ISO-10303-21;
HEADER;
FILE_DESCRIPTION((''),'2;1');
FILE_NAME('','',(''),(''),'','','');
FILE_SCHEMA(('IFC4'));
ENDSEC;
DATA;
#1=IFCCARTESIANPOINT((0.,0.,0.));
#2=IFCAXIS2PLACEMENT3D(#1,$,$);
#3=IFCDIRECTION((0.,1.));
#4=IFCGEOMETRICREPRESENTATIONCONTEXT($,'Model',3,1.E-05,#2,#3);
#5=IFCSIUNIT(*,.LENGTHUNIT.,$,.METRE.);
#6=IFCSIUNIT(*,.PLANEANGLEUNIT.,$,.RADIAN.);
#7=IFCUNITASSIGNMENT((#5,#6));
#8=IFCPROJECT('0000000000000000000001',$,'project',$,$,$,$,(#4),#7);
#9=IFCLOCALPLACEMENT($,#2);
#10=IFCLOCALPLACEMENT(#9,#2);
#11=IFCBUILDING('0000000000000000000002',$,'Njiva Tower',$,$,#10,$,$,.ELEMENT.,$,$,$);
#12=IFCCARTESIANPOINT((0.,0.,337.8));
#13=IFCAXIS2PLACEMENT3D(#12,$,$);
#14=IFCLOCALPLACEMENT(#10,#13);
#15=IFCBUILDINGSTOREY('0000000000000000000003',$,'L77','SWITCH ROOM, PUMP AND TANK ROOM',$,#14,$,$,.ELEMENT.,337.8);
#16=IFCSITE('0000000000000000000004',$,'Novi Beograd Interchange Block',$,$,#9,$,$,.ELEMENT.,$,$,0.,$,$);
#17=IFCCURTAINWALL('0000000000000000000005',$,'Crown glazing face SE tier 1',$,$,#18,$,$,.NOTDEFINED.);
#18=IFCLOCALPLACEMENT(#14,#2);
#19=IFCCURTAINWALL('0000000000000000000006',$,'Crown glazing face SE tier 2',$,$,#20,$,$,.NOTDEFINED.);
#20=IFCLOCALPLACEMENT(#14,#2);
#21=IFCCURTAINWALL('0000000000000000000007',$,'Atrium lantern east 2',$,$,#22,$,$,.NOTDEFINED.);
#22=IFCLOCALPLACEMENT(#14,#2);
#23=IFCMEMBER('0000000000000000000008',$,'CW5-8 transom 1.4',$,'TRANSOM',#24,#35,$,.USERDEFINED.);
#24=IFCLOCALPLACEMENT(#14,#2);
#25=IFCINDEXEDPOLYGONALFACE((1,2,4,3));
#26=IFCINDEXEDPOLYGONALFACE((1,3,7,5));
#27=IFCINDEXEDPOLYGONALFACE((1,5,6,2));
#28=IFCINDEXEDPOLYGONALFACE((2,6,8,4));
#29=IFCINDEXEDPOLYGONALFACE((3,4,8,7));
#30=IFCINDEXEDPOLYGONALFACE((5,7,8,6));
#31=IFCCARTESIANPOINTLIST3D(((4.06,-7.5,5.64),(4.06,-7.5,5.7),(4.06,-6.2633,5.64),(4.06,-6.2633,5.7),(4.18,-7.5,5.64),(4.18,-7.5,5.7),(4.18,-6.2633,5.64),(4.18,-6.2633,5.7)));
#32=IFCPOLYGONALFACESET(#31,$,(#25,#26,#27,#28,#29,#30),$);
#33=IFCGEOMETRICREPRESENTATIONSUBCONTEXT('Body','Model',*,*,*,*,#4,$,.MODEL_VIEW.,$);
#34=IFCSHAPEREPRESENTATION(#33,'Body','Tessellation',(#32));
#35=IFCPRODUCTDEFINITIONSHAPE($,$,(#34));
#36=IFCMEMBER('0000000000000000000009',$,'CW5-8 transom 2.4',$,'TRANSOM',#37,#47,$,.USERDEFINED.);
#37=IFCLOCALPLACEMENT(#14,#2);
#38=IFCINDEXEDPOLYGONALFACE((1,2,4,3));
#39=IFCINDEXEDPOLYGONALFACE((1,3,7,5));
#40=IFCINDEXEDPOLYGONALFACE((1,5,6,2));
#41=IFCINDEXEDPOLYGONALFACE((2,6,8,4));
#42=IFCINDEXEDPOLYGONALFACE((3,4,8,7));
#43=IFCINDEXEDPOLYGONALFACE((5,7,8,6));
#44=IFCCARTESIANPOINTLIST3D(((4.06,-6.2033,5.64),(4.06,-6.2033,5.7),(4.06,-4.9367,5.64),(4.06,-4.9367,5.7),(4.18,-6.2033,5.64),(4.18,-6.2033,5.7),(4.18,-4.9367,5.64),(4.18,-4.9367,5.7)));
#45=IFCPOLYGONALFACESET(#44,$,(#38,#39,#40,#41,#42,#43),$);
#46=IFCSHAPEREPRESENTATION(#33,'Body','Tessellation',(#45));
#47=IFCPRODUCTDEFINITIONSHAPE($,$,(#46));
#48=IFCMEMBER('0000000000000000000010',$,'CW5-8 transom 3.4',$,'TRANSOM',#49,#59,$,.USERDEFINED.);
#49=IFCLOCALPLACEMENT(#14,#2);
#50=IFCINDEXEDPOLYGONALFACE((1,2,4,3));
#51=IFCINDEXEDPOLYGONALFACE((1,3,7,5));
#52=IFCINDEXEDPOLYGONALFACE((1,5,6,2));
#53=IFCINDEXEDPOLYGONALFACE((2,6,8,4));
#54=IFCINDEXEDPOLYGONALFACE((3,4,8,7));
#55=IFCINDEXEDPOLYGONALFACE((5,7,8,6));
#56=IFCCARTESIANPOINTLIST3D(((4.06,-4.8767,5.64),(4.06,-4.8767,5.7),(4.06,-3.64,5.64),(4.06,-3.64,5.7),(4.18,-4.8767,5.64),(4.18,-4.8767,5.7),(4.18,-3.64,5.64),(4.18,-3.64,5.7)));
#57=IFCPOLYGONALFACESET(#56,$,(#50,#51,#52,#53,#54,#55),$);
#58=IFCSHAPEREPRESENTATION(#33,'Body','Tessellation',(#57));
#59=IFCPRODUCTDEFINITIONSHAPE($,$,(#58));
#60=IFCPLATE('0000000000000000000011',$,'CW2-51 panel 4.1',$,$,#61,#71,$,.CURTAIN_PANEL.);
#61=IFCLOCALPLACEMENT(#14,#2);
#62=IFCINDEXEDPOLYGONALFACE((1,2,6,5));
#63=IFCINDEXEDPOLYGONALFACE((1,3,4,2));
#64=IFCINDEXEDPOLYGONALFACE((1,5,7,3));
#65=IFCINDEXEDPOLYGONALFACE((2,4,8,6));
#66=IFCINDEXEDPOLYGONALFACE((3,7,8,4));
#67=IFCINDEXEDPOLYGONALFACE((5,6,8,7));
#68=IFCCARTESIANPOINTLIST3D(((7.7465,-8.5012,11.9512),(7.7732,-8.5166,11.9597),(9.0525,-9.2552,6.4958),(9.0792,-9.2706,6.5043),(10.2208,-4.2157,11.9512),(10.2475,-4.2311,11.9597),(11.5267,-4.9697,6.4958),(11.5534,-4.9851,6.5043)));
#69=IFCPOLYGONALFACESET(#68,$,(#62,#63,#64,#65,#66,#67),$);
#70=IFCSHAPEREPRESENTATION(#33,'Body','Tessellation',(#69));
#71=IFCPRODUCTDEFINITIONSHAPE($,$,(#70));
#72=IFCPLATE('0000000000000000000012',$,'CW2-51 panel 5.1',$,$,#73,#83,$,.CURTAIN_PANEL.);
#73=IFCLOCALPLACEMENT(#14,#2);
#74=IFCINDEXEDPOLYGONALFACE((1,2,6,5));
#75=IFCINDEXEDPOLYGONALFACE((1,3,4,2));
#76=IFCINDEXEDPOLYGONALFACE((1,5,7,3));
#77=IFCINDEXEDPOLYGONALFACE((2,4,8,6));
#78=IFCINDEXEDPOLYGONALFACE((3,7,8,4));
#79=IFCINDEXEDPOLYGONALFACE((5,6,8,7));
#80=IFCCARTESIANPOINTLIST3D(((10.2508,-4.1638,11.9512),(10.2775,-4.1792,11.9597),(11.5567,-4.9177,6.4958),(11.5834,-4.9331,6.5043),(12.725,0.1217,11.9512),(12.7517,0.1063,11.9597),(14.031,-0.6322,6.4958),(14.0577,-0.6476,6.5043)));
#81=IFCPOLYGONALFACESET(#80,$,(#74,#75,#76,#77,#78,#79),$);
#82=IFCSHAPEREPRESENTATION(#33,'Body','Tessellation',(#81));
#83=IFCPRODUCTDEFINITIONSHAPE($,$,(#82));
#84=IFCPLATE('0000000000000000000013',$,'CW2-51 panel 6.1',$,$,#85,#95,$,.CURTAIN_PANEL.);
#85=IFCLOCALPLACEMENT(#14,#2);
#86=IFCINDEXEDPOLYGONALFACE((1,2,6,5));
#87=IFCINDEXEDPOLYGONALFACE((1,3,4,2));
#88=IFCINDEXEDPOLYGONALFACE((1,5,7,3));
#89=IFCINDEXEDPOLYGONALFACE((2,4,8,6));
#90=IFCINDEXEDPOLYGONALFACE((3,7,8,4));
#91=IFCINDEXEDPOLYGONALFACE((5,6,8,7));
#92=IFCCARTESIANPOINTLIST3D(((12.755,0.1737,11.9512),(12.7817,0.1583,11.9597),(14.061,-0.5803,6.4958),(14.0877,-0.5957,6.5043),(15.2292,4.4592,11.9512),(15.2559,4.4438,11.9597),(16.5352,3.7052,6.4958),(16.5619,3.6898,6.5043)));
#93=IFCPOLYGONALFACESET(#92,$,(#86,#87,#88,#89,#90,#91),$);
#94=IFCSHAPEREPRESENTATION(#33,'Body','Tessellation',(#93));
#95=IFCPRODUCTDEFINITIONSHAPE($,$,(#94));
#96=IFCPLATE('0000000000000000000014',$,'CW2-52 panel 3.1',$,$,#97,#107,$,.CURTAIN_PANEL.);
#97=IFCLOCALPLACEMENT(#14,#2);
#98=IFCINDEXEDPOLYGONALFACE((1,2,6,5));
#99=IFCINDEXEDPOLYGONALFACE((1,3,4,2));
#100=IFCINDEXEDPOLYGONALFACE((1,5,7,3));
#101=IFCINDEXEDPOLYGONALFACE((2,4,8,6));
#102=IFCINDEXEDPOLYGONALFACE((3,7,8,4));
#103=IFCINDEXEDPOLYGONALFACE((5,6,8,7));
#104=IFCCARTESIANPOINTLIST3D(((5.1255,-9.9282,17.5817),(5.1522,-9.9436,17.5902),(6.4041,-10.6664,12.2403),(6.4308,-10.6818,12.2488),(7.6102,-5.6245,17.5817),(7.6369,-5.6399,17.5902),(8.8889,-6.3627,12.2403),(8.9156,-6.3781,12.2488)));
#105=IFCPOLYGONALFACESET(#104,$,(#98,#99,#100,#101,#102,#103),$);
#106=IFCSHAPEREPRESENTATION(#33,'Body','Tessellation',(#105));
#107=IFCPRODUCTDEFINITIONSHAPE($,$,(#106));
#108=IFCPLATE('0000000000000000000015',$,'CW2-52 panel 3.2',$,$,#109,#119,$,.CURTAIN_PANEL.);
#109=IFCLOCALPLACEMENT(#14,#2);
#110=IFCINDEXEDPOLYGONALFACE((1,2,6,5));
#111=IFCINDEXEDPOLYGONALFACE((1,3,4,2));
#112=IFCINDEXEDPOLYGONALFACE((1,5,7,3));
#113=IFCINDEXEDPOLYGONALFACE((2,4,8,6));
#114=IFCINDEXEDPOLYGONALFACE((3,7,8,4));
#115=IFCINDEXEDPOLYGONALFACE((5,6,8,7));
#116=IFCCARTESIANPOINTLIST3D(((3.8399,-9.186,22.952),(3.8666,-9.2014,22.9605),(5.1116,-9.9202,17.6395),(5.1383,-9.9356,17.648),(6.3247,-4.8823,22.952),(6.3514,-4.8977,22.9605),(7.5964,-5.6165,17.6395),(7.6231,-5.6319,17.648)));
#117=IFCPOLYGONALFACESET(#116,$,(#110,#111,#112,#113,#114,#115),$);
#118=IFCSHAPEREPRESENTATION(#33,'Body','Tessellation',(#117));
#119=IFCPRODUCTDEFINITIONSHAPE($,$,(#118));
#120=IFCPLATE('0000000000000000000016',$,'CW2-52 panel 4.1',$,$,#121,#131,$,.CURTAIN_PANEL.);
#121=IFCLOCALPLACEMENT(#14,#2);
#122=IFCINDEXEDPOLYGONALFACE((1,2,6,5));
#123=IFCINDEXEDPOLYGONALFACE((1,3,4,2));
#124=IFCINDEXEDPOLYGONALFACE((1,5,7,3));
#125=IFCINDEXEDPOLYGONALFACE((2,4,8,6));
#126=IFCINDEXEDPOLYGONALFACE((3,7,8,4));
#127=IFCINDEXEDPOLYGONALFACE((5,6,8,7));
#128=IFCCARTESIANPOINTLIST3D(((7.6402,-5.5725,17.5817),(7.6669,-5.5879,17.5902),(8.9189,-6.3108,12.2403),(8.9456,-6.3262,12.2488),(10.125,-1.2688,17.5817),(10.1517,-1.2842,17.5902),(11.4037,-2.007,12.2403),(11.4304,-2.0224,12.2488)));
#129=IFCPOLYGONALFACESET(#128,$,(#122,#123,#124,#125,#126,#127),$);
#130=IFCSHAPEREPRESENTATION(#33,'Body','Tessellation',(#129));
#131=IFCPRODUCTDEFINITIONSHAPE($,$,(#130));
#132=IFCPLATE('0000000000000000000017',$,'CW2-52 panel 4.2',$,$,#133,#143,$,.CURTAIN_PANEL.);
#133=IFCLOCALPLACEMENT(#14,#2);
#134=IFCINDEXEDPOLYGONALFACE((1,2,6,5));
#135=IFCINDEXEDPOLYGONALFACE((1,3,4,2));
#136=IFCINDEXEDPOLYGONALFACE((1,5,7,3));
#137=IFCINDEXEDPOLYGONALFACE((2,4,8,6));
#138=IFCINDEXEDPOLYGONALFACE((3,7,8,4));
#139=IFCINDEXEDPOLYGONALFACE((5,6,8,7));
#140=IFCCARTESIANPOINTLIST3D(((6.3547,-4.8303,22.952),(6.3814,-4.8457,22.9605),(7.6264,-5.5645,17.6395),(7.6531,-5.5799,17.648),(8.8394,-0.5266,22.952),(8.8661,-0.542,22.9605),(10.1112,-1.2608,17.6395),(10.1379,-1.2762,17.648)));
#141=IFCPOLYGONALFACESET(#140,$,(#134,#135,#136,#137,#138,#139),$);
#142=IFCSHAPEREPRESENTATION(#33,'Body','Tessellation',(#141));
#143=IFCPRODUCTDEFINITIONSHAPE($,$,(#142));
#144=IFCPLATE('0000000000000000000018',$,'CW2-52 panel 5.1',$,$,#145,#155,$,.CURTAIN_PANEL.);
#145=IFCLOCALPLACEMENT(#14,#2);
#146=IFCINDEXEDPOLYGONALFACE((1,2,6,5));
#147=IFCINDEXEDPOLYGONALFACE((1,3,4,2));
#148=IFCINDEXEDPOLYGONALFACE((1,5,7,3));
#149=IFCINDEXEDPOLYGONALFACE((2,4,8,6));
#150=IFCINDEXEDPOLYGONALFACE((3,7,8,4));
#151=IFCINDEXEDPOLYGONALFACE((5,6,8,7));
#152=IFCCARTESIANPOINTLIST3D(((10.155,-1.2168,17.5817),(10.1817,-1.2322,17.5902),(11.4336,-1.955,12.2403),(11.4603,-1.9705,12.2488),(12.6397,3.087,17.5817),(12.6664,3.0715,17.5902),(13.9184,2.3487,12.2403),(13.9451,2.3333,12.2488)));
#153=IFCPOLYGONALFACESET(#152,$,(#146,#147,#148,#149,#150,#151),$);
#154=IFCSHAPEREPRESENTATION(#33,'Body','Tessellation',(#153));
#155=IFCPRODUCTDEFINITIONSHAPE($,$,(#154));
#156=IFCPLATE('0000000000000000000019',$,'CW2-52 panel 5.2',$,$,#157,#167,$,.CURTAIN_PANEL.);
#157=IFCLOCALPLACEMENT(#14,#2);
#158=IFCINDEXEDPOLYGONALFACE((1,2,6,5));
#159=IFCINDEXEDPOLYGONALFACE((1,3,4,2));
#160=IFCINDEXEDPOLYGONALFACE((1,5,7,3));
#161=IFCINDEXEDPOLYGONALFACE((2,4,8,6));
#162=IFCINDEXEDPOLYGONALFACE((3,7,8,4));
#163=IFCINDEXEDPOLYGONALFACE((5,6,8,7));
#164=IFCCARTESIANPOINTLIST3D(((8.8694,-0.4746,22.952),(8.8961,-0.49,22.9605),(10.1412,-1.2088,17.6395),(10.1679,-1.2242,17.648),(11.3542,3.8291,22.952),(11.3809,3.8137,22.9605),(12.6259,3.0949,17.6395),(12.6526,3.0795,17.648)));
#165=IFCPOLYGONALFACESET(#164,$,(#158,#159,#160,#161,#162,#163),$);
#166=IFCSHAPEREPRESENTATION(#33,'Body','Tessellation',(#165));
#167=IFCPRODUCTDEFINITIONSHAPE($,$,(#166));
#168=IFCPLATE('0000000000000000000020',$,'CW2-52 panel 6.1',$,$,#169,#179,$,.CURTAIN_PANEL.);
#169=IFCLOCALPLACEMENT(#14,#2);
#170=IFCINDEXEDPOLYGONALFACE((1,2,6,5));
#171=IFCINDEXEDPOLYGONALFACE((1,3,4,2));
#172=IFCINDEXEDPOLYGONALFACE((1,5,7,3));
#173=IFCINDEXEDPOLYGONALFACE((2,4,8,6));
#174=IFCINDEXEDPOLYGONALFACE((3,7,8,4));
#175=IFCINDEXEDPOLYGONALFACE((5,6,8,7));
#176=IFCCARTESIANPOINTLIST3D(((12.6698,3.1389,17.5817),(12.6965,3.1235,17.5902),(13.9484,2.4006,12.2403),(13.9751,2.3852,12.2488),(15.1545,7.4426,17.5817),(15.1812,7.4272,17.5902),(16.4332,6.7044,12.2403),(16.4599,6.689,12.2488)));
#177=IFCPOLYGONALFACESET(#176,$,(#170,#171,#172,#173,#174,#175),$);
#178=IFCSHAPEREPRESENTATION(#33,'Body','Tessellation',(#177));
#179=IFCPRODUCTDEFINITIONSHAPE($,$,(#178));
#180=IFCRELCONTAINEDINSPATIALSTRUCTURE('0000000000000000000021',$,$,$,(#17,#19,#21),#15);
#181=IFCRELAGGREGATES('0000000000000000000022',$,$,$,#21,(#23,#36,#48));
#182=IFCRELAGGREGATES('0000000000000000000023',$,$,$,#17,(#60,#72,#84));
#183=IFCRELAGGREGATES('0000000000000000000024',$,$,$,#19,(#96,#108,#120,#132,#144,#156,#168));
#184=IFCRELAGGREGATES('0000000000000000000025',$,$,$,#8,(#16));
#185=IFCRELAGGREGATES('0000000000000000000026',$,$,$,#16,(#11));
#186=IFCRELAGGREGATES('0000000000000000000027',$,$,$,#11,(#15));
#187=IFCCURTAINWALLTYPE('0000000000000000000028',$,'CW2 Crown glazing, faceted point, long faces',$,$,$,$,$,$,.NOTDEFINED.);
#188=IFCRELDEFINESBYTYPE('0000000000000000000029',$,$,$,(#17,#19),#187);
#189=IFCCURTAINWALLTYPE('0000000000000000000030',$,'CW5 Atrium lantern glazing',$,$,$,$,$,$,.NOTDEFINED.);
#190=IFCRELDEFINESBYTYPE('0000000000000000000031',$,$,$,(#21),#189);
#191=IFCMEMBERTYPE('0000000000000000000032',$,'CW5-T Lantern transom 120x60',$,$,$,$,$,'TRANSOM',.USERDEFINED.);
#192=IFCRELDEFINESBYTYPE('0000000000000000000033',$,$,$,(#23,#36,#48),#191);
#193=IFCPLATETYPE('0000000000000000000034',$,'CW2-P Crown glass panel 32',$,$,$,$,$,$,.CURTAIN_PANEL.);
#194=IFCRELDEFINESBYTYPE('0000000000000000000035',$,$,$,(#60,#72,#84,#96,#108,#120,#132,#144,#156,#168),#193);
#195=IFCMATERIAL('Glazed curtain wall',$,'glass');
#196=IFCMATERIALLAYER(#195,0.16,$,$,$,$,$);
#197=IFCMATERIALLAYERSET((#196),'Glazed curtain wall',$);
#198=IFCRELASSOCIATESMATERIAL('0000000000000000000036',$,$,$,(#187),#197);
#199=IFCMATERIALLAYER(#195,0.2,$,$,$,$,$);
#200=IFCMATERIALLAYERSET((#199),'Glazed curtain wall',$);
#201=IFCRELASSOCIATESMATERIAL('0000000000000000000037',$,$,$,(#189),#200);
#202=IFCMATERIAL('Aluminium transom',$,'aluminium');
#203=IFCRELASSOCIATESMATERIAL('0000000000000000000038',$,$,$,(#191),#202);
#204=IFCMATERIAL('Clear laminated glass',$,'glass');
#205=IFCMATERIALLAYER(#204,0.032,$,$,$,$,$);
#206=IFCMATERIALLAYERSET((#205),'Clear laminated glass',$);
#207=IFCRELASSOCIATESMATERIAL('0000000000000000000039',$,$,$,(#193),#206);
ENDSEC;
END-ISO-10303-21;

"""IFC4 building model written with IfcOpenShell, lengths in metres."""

from ifc_helpers import new_model, si_unit, direction, frame, origin, origin_2d, place, context, subcontext, project, spatial, polyline, rectangle, outline, extrude, material, layer, layer_set, material_profile, profile_set, type_object, element, aggregate, save


model = new_model("IFC4")

# Units and contexts
model_context = context("Model", 3, precision=1e-05, world=origin(), true_north=direction((0.0, 1.0)))
body_context = subcontext(model_context, "Body", "Model", "MODEL_VIEW")
ifc_project = project(units=[si_unit("LENGTHUNIT", "METRE"), si_unit("PLANEANGLEUNIT", "RADIAN")], contexts=[model_context])

# Site, building, storey
site_placement = place(None, origin())
site = spatial("IfcSite", under=ifc_project, at=site_placement, Name="Novi Beograd Interchange Block", CompositionType="ELEMENT", RefElevation=0.0)
building_placement = place(site_placement, origin())
building = spatial("IfcBuilding", under=site, at=building_placement, Name="Njiva Tower", CompositionType="ELEMENT")
storey_placement = place(building_placement, frame((0.0, 0.0, 337.8)))
storey = spatial("IfcBuildingStorey", under=building, at=storey_placement, Name="L77", Description="SWITCH ROOM, PUMP AND TANK ROOM", CompositionType="ELEMENT", Elevation=337.8)

# Curtain walls
ifc_material_1 = material(Name="Glazed curtain wall", Category="glass")
ifc_layer_1 = layer(ifc_material_1, 0.16)
ifc_layer_set_1 = layer_set([ifc_layer_1], Name="Glazed curtain wall")
curtain_wall_type_1 = type_object("IfcCurtainWallType", Name="CW2 Crown glazing, faceted point, long faces", PredefinedType="NOTDEFINED", material=ifc_layer_set_1)
curtain_wall_1_placement = place(storey_placement, origin())
curtain_wall_1 = element("IfcCurtainWall", 1, at=curtain_wall_1_placement, inside=storey, type_object=curtain_wall_type_1, Name="Crown glazing face SE tier 1", PredefinedType="NOTDEFINED")
curtain_wall_2_placement = place(storey_placement, origin())
curtain_wall_2 = element("IfcCurtainWall", 2, at=curtain_wall_2_placement, inside=storey, type_object=curtain_wall_type_1, Name="Crown glazing face SE tier 2", PredefinedType="NOTDEFINED")
ifc_material_2 = material(Name="Aluminium transom", Category="aluminium")
ifc_layer_2 = layer(ifc_material_1, 0.2)
ifc_layer_set_2 = layer_set([ifc_layer_2], Name="Glazed curtain wall")
curtain_wall_type_2 = type_object("IfcCurtainWallType", Name="CW5 Atrium lantern glazing", PredefinedType="NOTDEFINED", material=ifc_layer_set_2)
ifc_material_profile_1 = material_profile(ifc_material_2, rectangle(XDim=0.12, YDim=0.06, at=origin_2d()), Name="RECT 120x60")
ifc_profile_set_1 = profile_set([ifc_material_profile_1], Name="Aluminium transom")
member_type_1 = type_object("IfcMemberType", Name="CW5-T Lantern transom 120x60", ElementType="TRANSOM", PredefinedType="USERDEFINED", material=ifc_profile_set_1)

# Curtain wall, members
curtain_wall_3_placement = place(storey_placement, origin())
curtain_wall_3 = element("IfcCurtainWall", 3, at=curtain_wall_3_placement, inside=storey, type_object=curtain_wall_type_2, Name="Atrium lantern east 2", PredefinedType="NOTDEFINED")
member_1_placement = place(storey_placement, frame((4.12, -7.5, 5.67), z_axis=(0.0, 1.0, 0.0), x_axis=(-1.0, 0.0, 0.0)))
member_1 = element("IfcMember", 4, at=member_1_placement, type_object=member_type_1, Name="CW5-8 transom 1.4", ObjectType="TRANSOM", PredefinedType="USERDEFINED", context=body_context, shape_type="SweptSolid", body=[
    extrude(rectangle(XDim=0.12, YDim=0.06, at=origin_2d()), origin(), (0.0, 0.0, 1.0), 1.2367),
])
member_2_placement = place(storey_placement, frame((4.12, -6.2033, 5.67), z_axis=(0.0, 1.0, 0.0), x_axis=(-1.0, 0.0, 0.0)))
member_2 = element("IfcMember", 5, at=member_2_placement, type_object=member_type_1, Name="CW5-8 transom 2.4", ObjectType="TRANSOM", PredefinedType="USERDEFINED", context=body_context, shape_type="SweptSolid", body=[
    extrude(rectangle(XDim=0.12, YDim=0.06, at=origin_2d()), origin(), (0.0, 0.0, 1.0), 1.2666),
])
member_3_placement = place(storey_placement, frame((4.12, -4.8767, 5.67), z_axis=(0.0, 1.0, 0.0), x_axis=(-1.0, 0.0, 0.0)))
member_3 = element("IfcMember", 6, at=member_3_placement, type_object=member_type_1, Name="CW5-8 transom 3.4", ObjectType="TRANSOM", PredefinedType="USERDEFINED", context=body_context, shape_type="SweptSolid", body=[
    extrude(rectangle(XDim=0.12, YDim=0.06, at=origin_2d()), origin(), (0.0, 0.0, 1.0), 1.2367),
])
aggregate(curtain_wall_3, [member_1, member_2, member_3])

# Plates
ifc_material_3 = material(Name="Clear laminated glass", Category="glass")
ifc_layer_3 = layer(ifc_material_3, 0.032)
ifc_layer_set_3 = layer_set([ifc_layer_3], Name="Clear laminated glass")
plate_type = type_object("IfcPlateType", Name="CW2-P Crown glass panel 32", PredefinedType="CURTAIN_PANEL", material=ifc_layer_set_3)
plate_1_placement = place(storey_placement, frame((11.5534, -4.9851, 6.5043), z_axis=(0.834721, -0.481929, 0.266429), x_axis=(-0.230732, 0.13322, 0.963854)))
plate_1 = element("IfcPlate", 7, at=plate_1_placement, type_object=plate_type, Name="CW2-51 panel 4.1", PredefinedType="CURTAIN_PANEL", context=body_context, shape_type="SweptSolid", body=[
    extrude(outline(polyline([(0.0, 0.0), (5.66, 0.0), (5.66, 4.9485), (0.0, 4.9485), (0.0, 0.0)])), origin(), (0.0, 0.0, -1.0), 0.032),
])
plate_2_placement = place(storey_placement, frame((14.0577, -0.6476, 6.5043), z_axis=(0.834723, -0.481931, 0.266421), x_axis=(-0.230737, 0.133195, 0.963857)))
plate_2 = element("IfcPlate", 8, at=plate_2_placement, type_object=plate_type, Name="CW2-51 panel 5.1", PredefinedType="CURTAIN_PANEL", context=body_context, shape_type="SweptSolid", body=[
    extrude(outline(polyline([(0.0, 0.0), (5.66, 0.0), (5.6601, 4.9485), (0.0001, 4.9485), (0.0, 0.0)])), origin(), (0.0, 0.0, -1.0), 0.032),
])
plate_3_placement = place(storey_placement, frame((16.5619, 3.6898, 6.5043), z_axis=(0.834724, -0.481921, 0.266436), x_axis=(-0.230742, 0.133216, 0.963852)))
plate_3 = element("IfcPlate", 9, at=plate_3_placement, type_object=plate_type, Name="CW2-51 panel 6.1", PredefinedType="CURTAIN_PANEL", context=body_context, shape_type="SweptSolid", body=[
    extrude(outline(polyline([(0.0, 0.0), (5.66, 0.0), (5.66, 4.9485), (0.0, 4.9485), (0.0, 0.0)])), origin(), (0.0, 0.0, -1.0), 0.032),
])
aggregate(curtain_wall_1, [plate_1, plate_2, plate_3])
plate_4_placement = place(storey_placement, frame((8.9156, -6.3781, 12.2488), z_axis=(0.834723, -0.481929, 0.266424), x_axis=(-0.230735, 0.133204, 0.963856)))
plate_4 = element("IfcPlate", 10, at=plate_4_placement, type_object=plate_type, Name="CW2-52 panel 3.1", PredefinedType="CURTAIN_PANEL", context=body_context, shape_type="SweptSolid", body=[
    extrude(outline(polyline([(0.0, 0.0), (5.5417, 0.0), (5.5417, 4.9695), (0.0001, 4.9695), (0.0, 0.0)])), origin(), (0.0, 0.0, -1.0), 0.032),
])
plate_5_placement = place(storey_placement, frame((7.6231, -5.6319, 17.648), z_axis=(0.83472, -0.481937, 0.266419), x_axis=(-0.230727, 0.133207, 0.963857)))
plate_5 = element("IfcPlate", 11, at=plate_5_placement, type_object=plate_type, Name="CW2-52 panel 3.2", PredefinedType="CURTAIN_PANEL", context=body_context, shape_type="SweptSolid", body=[
    extrude(outline(polyline([(0.0, 0.0), (5.5117, 0.0), (5.5117, 4.9695), (0.0, 4.9695), (0.0, 0.0)])), origin(), (0.0, 0.0, -1.0), 0.032),
])
plate_6_placement = place(storey_placement, frame((11.4304, -2.0224, 12.2488), z_axis=(0.834718, -0.481931, 0.266436), x_axis=(-0.230745, 0.13321, 0.963853)))
plate_6 = element("IfcPlate", 12, at=plate_6_placement, type_object=plate_type, Name="CW2-52 panel 4.1", PredefinedType="CURTAIN_PANEL", context=body_context, shape_type="SweptSolid", body=[
    extrude(outline(polyline([(0.0, 0.0), (5.5417, 0.0), (5.5418, 4.9695), (0.0, 4.9696), (0.0, 0.0)])), origin(), (0.0, 0.0, -1.0), 0.032),
])
plate_7_placement = place(storey_placement, frame((10.1379, -1.2762, 17.648), z_axis=(0.834722, -0.481929, 0.266426), x_axis=(-0.230738, 0.133203, 0.963855)))
plate_7 = element("IfcPlate", 13, at=plate_7_placement, type_object=plate_type, Name="CW2-52 panel 4.2", PredefinedType="CURTAIN_PANEL", context=body_context, shape_type="SweptSolid", body=[
    extrude(outline(polyline([(0.0, 0.0), (5.5117, 0.0), (5.5118, 4.9695), (0.0001, 4.9695), (0.0, 0.0)])), origin(), (0.0, 0.0, -1.0), 0.032),
])
plate_8_placement = place(storey_placement, frame((13.9451, 2.3333, 12.2488), z_axis=(0.834724, -0.481924, 0.266428), x_axis=(-0.230734, 0.133214, 0.963855)))
plate_8 = element("IfcPlate", 14, at=plate_8_placement, type_object=plate_type, Name="CW2-52 panel 5.1", PredefinedType="CURTAIN_PANEL", context=body_context, shape_type="SweptSolid", body=[
    extrude(outline(polyline([(0.0, 0.0), (5.5417, 0.0), (5.5417, 4.9695), (0.0, 4.9696), (0.0, 0.0)])), origin(), (0.0, 0.0, -1.0), 0.032),
])
plate_9_placement = place(storey_placement, frame((12.6526, 3.0795, 17.648), z_axis=(0.834722, -0.481929, 0.266426), x_axis=(-0.230733, 0.133211, 0.963855)))
plate_9 = element("IfcPlate", 15, at=plate_9_placement, type_object=plate_type, Name="CW2-52 panel 5.2", PredefinedType="CURTAIN_PANEL", context=body_context, shape_type="SweptSolid", body=[
    extrude(outline(polyline([(0.0, 0.0), (5.5117, 0.0), (5.5117, 4.9695), (0.0, 4.9695), (0.0, 0.0)])), origin(), (0.0, 0.0, -1.0), 0.032),
])
plate_10_placement = place(storey_placement, frame((16.4599, 6.689, 12.2488), z_axis=(0.834724, -0.481924, 0.266428), x_axis=(-0.230738, 0.133206, 0.963855)))
plate_10 = element("IfcPlate", 16, at=plate_10_placement, type_object=plate_type, Name="CW2-52 panel 6.1", PredefinedType="CURTAIN_PANEL", context=body_context, shape_type="SweptSolid", body=[
    extrude(outline(polyline([(0.0, 0.0), (5.5417, 0.0), (5.5417, 4.9695), (0.0, 4.9696), (0.0, 0.0)])), origin(), (0.0, 0.0, -1.0), 0.032),
])
aggregate(curtain_wall_2, [plate_4, plate_5, plate_6, plate_7, plate_8, plate_9, plate_10])

save(model, "model.ifc")
